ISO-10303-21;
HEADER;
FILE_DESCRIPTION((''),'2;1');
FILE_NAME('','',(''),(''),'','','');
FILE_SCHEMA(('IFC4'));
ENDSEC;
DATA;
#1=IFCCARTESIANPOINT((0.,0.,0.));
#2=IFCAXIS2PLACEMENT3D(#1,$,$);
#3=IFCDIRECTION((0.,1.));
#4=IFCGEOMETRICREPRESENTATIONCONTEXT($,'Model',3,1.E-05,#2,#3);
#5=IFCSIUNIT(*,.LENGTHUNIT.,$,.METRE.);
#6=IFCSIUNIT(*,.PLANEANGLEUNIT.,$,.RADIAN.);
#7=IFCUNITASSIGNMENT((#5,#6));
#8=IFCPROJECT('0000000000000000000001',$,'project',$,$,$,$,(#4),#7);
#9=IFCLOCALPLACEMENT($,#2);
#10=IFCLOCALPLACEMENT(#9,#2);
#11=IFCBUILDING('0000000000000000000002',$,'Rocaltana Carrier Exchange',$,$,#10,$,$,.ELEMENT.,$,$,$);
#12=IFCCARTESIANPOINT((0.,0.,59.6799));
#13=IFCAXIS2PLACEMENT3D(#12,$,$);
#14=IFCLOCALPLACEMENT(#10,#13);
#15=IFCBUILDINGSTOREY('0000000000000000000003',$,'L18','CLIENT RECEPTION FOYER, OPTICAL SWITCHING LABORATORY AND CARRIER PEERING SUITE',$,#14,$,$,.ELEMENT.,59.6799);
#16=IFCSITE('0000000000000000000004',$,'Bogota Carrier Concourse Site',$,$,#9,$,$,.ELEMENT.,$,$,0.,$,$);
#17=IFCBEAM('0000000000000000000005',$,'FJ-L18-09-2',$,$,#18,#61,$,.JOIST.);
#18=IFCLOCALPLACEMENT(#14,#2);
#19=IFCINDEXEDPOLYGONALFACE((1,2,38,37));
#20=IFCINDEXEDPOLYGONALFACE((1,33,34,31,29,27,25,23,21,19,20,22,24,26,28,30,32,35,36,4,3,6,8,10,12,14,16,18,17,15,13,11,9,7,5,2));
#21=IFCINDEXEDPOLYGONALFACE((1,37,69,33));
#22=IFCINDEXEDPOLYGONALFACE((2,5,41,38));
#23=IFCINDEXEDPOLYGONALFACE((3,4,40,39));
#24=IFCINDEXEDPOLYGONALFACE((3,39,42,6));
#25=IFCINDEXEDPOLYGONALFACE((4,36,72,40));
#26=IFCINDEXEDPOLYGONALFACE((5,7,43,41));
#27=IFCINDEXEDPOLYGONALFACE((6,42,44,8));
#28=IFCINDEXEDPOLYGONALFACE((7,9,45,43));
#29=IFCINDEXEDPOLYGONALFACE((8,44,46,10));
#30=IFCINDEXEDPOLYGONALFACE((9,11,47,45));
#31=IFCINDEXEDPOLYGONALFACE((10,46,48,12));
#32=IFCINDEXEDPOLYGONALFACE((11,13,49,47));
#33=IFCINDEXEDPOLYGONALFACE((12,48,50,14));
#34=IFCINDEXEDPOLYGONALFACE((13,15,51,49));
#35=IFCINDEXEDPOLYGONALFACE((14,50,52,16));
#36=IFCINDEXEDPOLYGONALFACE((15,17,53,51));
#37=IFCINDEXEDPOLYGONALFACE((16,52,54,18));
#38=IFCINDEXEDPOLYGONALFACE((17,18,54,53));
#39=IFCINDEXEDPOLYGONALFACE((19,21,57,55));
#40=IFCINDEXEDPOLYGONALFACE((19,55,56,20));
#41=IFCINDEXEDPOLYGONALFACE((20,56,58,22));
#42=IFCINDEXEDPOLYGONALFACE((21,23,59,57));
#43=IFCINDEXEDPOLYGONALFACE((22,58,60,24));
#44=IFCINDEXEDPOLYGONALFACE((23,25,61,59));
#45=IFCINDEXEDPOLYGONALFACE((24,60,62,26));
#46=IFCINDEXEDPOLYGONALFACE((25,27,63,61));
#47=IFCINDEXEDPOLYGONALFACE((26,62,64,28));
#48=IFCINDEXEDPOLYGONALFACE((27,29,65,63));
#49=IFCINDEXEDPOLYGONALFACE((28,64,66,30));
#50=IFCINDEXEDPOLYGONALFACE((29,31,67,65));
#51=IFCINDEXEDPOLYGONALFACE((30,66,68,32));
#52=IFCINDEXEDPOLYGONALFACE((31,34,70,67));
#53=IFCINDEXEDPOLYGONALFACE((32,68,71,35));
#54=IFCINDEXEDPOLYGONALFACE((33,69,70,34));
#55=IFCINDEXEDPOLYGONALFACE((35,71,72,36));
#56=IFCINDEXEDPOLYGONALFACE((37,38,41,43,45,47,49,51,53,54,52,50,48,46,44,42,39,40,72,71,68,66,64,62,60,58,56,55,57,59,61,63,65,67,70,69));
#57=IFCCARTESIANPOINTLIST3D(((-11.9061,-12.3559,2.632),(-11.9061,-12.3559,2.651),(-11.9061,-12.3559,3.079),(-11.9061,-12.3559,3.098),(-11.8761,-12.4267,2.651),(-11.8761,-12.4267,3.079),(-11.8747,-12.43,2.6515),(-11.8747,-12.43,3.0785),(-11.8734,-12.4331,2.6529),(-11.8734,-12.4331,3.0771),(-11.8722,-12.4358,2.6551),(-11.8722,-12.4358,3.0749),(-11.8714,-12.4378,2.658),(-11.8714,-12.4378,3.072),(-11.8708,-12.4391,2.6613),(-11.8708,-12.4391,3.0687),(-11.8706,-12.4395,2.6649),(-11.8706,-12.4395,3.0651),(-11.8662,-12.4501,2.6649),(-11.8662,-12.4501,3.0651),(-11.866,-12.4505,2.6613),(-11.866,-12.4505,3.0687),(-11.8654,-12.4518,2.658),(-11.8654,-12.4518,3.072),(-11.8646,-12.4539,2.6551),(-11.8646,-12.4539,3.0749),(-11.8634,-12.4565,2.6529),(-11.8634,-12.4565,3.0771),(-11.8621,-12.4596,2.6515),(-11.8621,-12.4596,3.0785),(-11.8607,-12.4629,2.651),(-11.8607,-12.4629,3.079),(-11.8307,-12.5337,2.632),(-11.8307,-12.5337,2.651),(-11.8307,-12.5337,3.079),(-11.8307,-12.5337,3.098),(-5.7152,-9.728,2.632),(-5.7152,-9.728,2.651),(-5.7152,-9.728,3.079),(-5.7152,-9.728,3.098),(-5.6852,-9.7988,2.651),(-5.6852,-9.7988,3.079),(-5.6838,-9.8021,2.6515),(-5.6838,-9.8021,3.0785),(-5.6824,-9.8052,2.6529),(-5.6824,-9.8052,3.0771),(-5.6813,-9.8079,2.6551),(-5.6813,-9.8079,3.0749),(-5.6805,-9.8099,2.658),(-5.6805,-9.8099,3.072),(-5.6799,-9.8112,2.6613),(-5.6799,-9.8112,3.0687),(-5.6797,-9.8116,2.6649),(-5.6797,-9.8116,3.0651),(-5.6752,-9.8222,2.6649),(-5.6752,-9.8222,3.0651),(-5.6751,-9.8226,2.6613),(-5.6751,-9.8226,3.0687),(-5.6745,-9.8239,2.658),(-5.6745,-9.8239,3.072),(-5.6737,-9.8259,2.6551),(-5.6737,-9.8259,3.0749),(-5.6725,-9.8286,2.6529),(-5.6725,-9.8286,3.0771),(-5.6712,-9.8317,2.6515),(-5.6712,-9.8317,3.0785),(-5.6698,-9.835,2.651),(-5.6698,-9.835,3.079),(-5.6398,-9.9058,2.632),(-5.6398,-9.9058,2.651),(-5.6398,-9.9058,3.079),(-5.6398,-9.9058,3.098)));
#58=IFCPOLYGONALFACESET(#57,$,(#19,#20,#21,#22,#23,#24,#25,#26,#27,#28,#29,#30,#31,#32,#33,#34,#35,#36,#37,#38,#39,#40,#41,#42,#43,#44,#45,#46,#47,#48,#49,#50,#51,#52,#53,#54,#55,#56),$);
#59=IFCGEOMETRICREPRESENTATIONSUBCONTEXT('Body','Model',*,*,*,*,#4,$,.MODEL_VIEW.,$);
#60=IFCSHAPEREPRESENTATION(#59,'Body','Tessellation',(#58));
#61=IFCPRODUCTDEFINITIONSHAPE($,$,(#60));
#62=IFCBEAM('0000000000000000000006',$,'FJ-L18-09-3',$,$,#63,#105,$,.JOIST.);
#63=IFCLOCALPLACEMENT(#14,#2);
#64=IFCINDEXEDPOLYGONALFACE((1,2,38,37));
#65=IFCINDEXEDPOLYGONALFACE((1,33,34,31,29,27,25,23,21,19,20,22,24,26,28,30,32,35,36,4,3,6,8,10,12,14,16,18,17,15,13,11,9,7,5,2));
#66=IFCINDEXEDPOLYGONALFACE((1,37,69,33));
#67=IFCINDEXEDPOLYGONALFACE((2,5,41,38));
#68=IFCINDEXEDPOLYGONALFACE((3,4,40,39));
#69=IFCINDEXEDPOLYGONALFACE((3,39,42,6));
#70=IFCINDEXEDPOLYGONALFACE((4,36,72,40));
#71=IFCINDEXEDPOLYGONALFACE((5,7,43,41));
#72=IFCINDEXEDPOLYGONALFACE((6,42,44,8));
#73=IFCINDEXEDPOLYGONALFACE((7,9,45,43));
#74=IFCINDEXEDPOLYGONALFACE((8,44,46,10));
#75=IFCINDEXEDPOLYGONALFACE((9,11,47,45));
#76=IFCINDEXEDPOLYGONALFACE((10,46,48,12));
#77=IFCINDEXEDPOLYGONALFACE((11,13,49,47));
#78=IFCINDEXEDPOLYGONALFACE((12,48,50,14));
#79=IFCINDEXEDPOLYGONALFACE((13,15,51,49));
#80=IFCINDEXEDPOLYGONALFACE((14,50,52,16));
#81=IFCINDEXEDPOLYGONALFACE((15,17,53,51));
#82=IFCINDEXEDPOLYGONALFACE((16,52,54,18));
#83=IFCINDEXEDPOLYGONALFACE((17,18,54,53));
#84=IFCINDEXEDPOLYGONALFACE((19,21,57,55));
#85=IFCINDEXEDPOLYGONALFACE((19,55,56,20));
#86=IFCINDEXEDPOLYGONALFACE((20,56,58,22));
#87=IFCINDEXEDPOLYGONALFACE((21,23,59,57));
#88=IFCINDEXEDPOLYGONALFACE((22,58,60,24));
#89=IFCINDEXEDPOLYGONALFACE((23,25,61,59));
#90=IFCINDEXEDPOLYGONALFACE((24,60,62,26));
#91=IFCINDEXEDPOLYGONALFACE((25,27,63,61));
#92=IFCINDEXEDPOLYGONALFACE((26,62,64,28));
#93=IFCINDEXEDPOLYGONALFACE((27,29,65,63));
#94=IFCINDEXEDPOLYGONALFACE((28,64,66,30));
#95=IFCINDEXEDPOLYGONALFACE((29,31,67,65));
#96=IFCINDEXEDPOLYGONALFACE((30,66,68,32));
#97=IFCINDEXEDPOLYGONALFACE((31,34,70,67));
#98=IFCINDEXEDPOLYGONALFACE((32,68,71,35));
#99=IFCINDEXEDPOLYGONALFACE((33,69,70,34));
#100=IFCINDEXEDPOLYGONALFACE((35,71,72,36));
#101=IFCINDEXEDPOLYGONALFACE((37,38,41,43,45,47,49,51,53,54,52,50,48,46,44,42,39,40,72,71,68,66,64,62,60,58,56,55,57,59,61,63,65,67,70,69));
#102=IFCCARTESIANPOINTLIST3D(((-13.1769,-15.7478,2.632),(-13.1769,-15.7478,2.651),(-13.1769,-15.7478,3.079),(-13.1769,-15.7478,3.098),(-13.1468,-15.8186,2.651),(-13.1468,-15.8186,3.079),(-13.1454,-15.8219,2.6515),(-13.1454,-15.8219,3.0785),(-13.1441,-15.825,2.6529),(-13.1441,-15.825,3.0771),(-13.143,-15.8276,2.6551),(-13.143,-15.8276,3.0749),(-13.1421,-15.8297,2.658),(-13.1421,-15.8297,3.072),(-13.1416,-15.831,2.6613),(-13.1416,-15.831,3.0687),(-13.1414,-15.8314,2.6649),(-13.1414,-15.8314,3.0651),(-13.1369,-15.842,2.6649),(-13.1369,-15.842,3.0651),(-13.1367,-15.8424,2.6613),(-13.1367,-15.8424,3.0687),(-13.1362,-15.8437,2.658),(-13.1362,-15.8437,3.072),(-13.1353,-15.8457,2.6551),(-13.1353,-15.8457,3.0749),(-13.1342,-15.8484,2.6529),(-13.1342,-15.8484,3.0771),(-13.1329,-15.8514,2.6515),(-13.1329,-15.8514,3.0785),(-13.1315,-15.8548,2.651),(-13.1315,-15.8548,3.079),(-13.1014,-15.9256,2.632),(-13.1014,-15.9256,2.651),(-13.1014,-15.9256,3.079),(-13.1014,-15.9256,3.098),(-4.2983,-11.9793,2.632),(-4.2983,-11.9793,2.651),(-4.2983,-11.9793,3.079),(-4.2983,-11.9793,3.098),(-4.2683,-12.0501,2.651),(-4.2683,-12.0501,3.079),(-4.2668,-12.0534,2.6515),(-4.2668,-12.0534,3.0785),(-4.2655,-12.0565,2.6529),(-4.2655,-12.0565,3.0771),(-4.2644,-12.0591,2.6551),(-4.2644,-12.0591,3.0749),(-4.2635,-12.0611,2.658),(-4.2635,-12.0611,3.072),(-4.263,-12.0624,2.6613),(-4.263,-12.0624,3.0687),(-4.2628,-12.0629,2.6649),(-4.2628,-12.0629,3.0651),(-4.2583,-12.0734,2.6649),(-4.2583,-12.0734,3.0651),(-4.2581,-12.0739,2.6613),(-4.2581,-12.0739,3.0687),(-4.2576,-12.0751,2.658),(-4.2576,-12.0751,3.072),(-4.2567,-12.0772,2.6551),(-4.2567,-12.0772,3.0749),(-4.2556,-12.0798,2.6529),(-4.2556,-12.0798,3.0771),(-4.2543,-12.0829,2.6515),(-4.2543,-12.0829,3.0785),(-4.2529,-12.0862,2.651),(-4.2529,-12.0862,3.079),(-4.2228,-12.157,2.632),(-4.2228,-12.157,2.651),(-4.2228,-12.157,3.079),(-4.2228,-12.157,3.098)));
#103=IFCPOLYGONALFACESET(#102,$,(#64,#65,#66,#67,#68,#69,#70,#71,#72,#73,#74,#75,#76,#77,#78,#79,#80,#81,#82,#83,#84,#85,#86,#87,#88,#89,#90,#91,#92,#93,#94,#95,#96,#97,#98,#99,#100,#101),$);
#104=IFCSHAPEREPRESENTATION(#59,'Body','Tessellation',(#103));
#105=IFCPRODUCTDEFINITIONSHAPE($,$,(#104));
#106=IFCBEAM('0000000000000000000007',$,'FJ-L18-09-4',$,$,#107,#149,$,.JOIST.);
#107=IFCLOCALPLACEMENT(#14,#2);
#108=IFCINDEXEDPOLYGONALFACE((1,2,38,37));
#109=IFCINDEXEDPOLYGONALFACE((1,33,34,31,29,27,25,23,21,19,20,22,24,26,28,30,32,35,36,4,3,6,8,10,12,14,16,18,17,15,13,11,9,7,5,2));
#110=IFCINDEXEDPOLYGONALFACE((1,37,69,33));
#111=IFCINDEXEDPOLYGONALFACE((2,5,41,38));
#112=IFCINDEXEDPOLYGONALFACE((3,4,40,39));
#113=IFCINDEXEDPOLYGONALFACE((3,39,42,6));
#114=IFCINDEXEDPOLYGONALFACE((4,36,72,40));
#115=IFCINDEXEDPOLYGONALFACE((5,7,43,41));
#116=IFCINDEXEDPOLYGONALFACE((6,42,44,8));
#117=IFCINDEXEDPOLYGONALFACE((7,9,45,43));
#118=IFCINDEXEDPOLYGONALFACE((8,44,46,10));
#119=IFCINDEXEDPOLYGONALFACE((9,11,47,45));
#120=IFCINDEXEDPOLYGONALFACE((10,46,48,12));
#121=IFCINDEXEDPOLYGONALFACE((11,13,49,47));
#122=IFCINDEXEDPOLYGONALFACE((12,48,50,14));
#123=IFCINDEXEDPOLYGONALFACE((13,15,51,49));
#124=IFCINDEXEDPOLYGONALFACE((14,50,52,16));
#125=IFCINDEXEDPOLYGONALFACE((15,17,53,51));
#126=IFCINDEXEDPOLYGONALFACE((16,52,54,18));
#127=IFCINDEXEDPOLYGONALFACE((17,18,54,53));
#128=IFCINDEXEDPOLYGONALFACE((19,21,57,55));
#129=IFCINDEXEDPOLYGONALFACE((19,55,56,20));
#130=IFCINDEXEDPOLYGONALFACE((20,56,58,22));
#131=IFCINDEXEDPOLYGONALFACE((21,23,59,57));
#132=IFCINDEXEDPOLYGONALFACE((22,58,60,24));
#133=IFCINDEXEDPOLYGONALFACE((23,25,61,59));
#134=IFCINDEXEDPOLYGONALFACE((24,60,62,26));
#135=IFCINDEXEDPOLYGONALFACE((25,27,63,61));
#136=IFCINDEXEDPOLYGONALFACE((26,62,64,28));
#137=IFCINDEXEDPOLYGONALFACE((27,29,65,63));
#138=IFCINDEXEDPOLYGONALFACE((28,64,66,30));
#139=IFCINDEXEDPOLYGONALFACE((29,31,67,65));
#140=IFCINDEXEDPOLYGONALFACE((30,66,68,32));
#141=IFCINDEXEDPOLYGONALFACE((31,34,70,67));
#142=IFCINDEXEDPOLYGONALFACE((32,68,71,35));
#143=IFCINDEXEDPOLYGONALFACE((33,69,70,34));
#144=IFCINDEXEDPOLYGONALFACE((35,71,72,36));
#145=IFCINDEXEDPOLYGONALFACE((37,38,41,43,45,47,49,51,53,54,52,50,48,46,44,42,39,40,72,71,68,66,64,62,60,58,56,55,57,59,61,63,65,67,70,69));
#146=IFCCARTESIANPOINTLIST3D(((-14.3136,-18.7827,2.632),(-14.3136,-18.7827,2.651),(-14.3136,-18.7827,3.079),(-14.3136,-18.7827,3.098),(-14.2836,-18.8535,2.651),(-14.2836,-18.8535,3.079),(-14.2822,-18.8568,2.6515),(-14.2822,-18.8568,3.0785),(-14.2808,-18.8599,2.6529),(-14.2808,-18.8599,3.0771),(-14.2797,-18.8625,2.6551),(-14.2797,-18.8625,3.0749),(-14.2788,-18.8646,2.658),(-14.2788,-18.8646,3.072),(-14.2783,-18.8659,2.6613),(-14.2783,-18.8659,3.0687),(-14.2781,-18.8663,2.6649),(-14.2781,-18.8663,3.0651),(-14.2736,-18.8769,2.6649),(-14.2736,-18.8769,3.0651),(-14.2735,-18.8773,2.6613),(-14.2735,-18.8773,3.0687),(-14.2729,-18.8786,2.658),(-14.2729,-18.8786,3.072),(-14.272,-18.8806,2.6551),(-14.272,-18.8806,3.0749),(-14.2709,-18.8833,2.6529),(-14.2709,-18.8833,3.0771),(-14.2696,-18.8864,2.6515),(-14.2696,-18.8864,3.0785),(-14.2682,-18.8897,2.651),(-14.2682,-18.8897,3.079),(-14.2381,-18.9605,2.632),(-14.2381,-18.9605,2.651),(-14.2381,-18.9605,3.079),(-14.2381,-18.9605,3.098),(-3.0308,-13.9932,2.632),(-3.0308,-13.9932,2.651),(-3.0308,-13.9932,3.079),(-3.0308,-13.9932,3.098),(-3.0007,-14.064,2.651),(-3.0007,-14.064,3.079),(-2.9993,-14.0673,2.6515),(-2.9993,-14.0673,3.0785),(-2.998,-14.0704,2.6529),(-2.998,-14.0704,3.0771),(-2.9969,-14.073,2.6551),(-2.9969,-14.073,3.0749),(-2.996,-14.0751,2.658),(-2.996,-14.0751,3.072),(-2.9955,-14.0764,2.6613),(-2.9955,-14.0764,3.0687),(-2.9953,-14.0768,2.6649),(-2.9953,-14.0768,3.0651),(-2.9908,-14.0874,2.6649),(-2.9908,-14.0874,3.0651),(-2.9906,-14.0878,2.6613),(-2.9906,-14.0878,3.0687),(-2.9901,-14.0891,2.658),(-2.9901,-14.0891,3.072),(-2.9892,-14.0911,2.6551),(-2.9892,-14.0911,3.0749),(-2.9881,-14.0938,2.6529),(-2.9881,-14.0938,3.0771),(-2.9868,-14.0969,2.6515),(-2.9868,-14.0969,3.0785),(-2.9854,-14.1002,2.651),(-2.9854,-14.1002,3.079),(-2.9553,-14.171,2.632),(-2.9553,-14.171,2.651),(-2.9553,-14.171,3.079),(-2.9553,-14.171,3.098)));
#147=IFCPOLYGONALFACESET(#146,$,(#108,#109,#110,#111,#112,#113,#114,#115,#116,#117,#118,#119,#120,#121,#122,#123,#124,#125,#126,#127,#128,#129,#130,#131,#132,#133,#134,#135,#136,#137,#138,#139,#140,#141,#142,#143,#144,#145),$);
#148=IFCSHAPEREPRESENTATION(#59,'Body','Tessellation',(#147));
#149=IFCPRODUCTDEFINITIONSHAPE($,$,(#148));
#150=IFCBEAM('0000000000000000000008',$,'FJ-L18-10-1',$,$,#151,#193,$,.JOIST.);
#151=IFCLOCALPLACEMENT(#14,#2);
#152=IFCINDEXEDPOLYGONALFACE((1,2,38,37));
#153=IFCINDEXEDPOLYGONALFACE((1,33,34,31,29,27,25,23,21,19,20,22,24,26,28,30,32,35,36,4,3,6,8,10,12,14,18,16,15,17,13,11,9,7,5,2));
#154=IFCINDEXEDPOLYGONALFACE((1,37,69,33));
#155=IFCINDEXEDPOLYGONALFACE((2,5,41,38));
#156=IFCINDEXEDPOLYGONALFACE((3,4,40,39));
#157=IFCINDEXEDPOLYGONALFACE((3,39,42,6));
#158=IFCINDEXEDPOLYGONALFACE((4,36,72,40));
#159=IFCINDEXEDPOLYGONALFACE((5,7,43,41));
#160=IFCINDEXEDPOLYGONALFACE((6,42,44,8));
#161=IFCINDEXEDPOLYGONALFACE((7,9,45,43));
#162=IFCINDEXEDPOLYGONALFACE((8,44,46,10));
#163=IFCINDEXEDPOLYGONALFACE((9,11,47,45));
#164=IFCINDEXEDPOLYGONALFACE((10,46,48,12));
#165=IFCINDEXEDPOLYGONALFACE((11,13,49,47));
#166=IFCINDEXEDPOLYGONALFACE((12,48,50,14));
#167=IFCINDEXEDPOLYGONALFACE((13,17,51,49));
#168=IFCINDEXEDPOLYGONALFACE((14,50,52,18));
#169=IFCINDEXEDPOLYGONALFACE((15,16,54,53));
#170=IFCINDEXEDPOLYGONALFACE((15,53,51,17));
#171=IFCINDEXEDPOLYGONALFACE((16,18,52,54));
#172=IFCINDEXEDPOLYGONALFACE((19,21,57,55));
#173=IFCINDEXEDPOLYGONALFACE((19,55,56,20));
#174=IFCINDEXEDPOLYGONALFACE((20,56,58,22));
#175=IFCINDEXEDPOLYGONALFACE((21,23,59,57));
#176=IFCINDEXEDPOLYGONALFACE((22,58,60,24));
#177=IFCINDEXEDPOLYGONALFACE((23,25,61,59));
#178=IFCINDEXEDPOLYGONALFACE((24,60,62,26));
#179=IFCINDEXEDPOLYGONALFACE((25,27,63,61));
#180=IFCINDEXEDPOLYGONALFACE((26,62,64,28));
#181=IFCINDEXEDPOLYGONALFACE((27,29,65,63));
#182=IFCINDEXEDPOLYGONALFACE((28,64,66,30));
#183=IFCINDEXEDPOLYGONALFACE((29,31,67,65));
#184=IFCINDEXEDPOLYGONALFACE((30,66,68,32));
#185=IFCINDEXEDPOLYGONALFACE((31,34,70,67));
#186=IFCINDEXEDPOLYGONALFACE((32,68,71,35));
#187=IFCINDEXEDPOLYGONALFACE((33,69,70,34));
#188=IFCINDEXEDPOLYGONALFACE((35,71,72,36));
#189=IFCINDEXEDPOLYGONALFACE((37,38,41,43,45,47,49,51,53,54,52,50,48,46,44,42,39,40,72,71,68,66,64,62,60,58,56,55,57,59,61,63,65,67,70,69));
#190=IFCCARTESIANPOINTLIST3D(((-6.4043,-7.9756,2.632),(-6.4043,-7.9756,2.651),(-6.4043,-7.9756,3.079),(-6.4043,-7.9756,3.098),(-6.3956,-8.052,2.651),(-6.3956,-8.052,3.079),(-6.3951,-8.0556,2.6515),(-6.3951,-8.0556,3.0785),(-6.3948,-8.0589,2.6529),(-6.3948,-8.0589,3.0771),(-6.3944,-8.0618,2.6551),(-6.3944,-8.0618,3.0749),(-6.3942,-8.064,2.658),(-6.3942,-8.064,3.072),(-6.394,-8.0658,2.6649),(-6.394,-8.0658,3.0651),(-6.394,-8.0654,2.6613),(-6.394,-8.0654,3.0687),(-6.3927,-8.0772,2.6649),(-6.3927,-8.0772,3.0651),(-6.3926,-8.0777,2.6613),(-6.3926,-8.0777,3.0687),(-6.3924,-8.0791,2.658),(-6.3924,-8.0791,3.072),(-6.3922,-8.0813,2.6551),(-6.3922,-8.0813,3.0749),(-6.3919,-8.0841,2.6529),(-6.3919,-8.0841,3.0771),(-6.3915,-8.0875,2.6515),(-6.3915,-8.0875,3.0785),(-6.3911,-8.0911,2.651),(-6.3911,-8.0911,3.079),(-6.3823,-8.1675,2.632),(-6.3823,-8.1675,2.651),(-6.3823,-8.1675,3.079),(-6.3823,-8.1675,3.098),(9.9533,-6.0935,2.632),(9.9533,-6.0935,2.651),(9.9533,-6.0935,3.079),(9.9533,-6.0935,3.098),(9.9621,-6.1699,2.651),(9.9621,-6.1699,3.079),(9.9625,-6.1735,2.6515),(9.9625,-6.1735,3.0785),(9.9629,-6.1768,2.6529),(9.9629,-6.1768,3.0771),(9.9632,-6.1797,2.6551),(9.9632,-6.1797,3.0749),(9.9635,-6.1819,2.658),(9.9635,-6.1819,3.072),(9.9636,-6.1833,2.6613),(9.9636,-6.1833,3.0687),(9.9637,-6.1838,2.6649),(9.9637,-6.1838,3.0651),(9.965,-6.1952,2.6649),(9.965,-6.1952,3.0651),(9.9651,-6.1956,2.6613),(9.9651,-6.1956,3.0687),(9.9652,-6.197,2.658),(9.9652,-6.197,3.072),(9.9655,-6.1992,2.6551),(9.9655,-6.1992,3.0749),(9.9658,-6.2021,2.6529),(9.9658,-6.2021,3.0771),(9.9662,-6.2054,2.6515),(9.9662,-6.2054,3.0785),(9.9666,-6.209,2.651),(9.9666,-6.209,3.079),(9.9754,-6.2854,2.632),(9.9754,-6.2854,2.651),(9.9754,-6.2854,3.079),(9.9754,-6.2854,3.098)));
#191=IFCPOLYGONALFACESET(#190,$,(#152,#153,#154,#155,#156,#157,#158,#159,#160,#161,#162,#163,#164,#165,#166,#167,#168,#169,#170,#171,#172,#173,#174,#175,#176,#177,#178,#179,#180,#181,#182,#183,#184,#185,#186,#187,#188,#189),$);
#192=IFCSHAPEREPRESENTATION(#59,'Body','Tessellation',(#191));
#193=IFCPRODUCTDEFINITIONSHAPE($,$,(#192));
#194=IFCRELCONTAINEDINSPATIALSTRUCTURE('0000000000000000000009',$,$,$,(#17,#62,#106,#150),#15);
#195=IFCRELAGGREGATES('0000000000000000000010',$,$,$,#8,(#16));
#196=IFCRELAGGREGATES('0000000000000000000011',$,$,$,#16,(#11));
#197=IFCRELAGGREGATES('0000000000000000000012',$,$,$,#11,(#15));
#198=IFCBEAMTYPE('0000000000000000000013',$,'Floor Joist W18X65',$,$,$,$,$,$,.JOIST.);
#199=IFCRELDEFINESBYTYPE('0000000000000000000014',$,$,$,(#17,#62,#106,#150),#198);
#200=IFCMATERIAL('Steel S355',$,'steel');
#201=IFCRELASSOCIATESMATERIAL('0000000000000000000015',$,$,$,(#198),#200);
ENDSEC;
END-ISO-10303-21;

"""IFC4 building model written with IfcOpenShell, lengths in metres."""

from ifc_helpers import new_model, si_unit, direction, frame, origin, origin_2d, place, context, subcontext, project, spatial, i_section, extrude, material, material_profile, profile_set, type_object, element, save


model = new_model("IFC4")

# Units and contexts
model_context = context("Model", 3, precision=1e-05, world=origin(), true_north=direction((0.0, 1.0)))
body_context = subcontext(model_context, "Body", "Model", "MODEL_VIEW")
ifc_project = project(units=[si_unit("LENGTHUNIT", "METRE"), si_unit("PLANEANGLEUNIT", "RADIAN")], contexts=[model_context])

# Site, building, storey
site_placement = place(None, origin())
site = spatial("IfcSite", under=ifc_project, at=site_placement, Name="Bogota Carrier Concourse Site", CompositionType="ELEMENT", RefElevation=0.0)
building_placement = place(site_placement, origin())
building = spatial("IfcBuilding", under=site, at=building_placement, Name="Rocaltana Carrier Exchange", CompositionType="ELEMENT")
storey_placement = place(building_placement, frame((0.0, 0.0, 59.6799)))
storey = spatial("IfcBuildingStorey", under=building, at=storey_placement, Name="L18", Description="CLIENT RECEPTION FOYER, OPTICAL SWITCHING LABORATORY AND CARRIER PEERING SUITE", CompositionType="ELEMENT", Elevation=59.6799)

# Beams
ifc_material_1 = material(Name="Steel S355", Category="steel")
ifc_material_profile_1 = material_profile(ifc_material_1, i_section(OverallWidth=0.1931, OverallDepth=0.4661, WebThickness=0.0115, FlangeThickness=0.019, FilletRadius=0.0139, at=origin_2d()), Name="W18X65")
ifc_profile_set_1 = profile_set([ifc_material_profile_1], Name="Steel S355")
beam_type = type_object("IfcBeamType", Name="Floor Joist W18X65", PredefinedType="JOIST", material=ifc_profile_set_1)
beam_1_placement = place(storey_placement, frame((-11.8684, -12.4448, 2.865), z_axis=(0.920503, 0.390736, 0.0), x_axis=(-0.390736, 0.920503, 0.0)))
element("IfcBeam", 1, at=beam_1_placement, inside=storey, type_object=beam_type, Name="FJ-L18-09-2", PredefinedType="JOIST", context=body_context, shape_type="SweptSolid", body=[
    extrude(i_section(OverallWidth=0.1931, OverallDepth=0.4661, WebThickness=0.0115, FlangeThickness=0.019, FilletRadius=0.0139, at=origin_2d()), origin(), (0.0, 0.0, 1.0), 6.7256),
])
beam_2_placement = place(storey_placement, frame((-13.1392, -15.8367, 2.865), z_axis=(0.920513, 0.390712, 0.0), x_axis=(-0.390712, 0.920513, 0.0)))
element("IfcBeam", 2, at=beam_2_placement, inside=storey, type_object=beam_type, Name="FJ-L18-09-3", PredefinedType="JOIST", context=body_context, shape_type="SweptSolid", body=[
    extrude(i_section(OverallWidth=0.1931, OverallDepth=0.4661, WebThickness=0.0115, FlangeThickness=0.019, FilletRadius=0.0139, at=origin_2d()), origin(), (0.0, 0.0, 1.0), 9.6453),
])
beam_3_placement = place(storey_placement, frame((-14.2759, -18.8716, 2.865), z_axis=(0.920498, 0.390746, 0.0), x_axis=(-0.390746, 0.920498, 0.0)))
element("IfcBeam", 3, at=beam_3_placement, inside=storey, type_object=beam_type, Name="FJ-L18-09-4", PredefinedType="JOIST", context=body_context, shape_type="SweptSolid", body=[
    extrude(i_section(OverallWidth=0.1931, OverallDepth=0.4661, WebThickness=0.0115, FlangeThickness=0.019, FilletRadius=0.0139, at=origin_2d()), origin(), (0.0, 0.0, 1.0), 12.2573),
])
beam_4_placement = place(storey_placement, frame((-6.3933, -8.0715, 2.865), z_axis=(0.993446, 0.114304, 0.0), x_axis=(-0.114304, 0.993446, 0.0)))
element("IfcBeam", 4, at=beam_4_placement, inside=storey, type_object=beam_type, Name="FJ-L18-10-1", PredefinedType="JOIST", context=body_context, shape_type="SweptSolid", body=[
    extrude(i_section(OverallWidth=0.1931, OverallDepth=0.4661, WebThickness=0.0115, FlangeThickness=0.019, FilletRadius=0.0139, at=origin_2d()), origin(), (0.0, 0.0, 1.0), 16.4656),
])

save(model, "model.ifc")
